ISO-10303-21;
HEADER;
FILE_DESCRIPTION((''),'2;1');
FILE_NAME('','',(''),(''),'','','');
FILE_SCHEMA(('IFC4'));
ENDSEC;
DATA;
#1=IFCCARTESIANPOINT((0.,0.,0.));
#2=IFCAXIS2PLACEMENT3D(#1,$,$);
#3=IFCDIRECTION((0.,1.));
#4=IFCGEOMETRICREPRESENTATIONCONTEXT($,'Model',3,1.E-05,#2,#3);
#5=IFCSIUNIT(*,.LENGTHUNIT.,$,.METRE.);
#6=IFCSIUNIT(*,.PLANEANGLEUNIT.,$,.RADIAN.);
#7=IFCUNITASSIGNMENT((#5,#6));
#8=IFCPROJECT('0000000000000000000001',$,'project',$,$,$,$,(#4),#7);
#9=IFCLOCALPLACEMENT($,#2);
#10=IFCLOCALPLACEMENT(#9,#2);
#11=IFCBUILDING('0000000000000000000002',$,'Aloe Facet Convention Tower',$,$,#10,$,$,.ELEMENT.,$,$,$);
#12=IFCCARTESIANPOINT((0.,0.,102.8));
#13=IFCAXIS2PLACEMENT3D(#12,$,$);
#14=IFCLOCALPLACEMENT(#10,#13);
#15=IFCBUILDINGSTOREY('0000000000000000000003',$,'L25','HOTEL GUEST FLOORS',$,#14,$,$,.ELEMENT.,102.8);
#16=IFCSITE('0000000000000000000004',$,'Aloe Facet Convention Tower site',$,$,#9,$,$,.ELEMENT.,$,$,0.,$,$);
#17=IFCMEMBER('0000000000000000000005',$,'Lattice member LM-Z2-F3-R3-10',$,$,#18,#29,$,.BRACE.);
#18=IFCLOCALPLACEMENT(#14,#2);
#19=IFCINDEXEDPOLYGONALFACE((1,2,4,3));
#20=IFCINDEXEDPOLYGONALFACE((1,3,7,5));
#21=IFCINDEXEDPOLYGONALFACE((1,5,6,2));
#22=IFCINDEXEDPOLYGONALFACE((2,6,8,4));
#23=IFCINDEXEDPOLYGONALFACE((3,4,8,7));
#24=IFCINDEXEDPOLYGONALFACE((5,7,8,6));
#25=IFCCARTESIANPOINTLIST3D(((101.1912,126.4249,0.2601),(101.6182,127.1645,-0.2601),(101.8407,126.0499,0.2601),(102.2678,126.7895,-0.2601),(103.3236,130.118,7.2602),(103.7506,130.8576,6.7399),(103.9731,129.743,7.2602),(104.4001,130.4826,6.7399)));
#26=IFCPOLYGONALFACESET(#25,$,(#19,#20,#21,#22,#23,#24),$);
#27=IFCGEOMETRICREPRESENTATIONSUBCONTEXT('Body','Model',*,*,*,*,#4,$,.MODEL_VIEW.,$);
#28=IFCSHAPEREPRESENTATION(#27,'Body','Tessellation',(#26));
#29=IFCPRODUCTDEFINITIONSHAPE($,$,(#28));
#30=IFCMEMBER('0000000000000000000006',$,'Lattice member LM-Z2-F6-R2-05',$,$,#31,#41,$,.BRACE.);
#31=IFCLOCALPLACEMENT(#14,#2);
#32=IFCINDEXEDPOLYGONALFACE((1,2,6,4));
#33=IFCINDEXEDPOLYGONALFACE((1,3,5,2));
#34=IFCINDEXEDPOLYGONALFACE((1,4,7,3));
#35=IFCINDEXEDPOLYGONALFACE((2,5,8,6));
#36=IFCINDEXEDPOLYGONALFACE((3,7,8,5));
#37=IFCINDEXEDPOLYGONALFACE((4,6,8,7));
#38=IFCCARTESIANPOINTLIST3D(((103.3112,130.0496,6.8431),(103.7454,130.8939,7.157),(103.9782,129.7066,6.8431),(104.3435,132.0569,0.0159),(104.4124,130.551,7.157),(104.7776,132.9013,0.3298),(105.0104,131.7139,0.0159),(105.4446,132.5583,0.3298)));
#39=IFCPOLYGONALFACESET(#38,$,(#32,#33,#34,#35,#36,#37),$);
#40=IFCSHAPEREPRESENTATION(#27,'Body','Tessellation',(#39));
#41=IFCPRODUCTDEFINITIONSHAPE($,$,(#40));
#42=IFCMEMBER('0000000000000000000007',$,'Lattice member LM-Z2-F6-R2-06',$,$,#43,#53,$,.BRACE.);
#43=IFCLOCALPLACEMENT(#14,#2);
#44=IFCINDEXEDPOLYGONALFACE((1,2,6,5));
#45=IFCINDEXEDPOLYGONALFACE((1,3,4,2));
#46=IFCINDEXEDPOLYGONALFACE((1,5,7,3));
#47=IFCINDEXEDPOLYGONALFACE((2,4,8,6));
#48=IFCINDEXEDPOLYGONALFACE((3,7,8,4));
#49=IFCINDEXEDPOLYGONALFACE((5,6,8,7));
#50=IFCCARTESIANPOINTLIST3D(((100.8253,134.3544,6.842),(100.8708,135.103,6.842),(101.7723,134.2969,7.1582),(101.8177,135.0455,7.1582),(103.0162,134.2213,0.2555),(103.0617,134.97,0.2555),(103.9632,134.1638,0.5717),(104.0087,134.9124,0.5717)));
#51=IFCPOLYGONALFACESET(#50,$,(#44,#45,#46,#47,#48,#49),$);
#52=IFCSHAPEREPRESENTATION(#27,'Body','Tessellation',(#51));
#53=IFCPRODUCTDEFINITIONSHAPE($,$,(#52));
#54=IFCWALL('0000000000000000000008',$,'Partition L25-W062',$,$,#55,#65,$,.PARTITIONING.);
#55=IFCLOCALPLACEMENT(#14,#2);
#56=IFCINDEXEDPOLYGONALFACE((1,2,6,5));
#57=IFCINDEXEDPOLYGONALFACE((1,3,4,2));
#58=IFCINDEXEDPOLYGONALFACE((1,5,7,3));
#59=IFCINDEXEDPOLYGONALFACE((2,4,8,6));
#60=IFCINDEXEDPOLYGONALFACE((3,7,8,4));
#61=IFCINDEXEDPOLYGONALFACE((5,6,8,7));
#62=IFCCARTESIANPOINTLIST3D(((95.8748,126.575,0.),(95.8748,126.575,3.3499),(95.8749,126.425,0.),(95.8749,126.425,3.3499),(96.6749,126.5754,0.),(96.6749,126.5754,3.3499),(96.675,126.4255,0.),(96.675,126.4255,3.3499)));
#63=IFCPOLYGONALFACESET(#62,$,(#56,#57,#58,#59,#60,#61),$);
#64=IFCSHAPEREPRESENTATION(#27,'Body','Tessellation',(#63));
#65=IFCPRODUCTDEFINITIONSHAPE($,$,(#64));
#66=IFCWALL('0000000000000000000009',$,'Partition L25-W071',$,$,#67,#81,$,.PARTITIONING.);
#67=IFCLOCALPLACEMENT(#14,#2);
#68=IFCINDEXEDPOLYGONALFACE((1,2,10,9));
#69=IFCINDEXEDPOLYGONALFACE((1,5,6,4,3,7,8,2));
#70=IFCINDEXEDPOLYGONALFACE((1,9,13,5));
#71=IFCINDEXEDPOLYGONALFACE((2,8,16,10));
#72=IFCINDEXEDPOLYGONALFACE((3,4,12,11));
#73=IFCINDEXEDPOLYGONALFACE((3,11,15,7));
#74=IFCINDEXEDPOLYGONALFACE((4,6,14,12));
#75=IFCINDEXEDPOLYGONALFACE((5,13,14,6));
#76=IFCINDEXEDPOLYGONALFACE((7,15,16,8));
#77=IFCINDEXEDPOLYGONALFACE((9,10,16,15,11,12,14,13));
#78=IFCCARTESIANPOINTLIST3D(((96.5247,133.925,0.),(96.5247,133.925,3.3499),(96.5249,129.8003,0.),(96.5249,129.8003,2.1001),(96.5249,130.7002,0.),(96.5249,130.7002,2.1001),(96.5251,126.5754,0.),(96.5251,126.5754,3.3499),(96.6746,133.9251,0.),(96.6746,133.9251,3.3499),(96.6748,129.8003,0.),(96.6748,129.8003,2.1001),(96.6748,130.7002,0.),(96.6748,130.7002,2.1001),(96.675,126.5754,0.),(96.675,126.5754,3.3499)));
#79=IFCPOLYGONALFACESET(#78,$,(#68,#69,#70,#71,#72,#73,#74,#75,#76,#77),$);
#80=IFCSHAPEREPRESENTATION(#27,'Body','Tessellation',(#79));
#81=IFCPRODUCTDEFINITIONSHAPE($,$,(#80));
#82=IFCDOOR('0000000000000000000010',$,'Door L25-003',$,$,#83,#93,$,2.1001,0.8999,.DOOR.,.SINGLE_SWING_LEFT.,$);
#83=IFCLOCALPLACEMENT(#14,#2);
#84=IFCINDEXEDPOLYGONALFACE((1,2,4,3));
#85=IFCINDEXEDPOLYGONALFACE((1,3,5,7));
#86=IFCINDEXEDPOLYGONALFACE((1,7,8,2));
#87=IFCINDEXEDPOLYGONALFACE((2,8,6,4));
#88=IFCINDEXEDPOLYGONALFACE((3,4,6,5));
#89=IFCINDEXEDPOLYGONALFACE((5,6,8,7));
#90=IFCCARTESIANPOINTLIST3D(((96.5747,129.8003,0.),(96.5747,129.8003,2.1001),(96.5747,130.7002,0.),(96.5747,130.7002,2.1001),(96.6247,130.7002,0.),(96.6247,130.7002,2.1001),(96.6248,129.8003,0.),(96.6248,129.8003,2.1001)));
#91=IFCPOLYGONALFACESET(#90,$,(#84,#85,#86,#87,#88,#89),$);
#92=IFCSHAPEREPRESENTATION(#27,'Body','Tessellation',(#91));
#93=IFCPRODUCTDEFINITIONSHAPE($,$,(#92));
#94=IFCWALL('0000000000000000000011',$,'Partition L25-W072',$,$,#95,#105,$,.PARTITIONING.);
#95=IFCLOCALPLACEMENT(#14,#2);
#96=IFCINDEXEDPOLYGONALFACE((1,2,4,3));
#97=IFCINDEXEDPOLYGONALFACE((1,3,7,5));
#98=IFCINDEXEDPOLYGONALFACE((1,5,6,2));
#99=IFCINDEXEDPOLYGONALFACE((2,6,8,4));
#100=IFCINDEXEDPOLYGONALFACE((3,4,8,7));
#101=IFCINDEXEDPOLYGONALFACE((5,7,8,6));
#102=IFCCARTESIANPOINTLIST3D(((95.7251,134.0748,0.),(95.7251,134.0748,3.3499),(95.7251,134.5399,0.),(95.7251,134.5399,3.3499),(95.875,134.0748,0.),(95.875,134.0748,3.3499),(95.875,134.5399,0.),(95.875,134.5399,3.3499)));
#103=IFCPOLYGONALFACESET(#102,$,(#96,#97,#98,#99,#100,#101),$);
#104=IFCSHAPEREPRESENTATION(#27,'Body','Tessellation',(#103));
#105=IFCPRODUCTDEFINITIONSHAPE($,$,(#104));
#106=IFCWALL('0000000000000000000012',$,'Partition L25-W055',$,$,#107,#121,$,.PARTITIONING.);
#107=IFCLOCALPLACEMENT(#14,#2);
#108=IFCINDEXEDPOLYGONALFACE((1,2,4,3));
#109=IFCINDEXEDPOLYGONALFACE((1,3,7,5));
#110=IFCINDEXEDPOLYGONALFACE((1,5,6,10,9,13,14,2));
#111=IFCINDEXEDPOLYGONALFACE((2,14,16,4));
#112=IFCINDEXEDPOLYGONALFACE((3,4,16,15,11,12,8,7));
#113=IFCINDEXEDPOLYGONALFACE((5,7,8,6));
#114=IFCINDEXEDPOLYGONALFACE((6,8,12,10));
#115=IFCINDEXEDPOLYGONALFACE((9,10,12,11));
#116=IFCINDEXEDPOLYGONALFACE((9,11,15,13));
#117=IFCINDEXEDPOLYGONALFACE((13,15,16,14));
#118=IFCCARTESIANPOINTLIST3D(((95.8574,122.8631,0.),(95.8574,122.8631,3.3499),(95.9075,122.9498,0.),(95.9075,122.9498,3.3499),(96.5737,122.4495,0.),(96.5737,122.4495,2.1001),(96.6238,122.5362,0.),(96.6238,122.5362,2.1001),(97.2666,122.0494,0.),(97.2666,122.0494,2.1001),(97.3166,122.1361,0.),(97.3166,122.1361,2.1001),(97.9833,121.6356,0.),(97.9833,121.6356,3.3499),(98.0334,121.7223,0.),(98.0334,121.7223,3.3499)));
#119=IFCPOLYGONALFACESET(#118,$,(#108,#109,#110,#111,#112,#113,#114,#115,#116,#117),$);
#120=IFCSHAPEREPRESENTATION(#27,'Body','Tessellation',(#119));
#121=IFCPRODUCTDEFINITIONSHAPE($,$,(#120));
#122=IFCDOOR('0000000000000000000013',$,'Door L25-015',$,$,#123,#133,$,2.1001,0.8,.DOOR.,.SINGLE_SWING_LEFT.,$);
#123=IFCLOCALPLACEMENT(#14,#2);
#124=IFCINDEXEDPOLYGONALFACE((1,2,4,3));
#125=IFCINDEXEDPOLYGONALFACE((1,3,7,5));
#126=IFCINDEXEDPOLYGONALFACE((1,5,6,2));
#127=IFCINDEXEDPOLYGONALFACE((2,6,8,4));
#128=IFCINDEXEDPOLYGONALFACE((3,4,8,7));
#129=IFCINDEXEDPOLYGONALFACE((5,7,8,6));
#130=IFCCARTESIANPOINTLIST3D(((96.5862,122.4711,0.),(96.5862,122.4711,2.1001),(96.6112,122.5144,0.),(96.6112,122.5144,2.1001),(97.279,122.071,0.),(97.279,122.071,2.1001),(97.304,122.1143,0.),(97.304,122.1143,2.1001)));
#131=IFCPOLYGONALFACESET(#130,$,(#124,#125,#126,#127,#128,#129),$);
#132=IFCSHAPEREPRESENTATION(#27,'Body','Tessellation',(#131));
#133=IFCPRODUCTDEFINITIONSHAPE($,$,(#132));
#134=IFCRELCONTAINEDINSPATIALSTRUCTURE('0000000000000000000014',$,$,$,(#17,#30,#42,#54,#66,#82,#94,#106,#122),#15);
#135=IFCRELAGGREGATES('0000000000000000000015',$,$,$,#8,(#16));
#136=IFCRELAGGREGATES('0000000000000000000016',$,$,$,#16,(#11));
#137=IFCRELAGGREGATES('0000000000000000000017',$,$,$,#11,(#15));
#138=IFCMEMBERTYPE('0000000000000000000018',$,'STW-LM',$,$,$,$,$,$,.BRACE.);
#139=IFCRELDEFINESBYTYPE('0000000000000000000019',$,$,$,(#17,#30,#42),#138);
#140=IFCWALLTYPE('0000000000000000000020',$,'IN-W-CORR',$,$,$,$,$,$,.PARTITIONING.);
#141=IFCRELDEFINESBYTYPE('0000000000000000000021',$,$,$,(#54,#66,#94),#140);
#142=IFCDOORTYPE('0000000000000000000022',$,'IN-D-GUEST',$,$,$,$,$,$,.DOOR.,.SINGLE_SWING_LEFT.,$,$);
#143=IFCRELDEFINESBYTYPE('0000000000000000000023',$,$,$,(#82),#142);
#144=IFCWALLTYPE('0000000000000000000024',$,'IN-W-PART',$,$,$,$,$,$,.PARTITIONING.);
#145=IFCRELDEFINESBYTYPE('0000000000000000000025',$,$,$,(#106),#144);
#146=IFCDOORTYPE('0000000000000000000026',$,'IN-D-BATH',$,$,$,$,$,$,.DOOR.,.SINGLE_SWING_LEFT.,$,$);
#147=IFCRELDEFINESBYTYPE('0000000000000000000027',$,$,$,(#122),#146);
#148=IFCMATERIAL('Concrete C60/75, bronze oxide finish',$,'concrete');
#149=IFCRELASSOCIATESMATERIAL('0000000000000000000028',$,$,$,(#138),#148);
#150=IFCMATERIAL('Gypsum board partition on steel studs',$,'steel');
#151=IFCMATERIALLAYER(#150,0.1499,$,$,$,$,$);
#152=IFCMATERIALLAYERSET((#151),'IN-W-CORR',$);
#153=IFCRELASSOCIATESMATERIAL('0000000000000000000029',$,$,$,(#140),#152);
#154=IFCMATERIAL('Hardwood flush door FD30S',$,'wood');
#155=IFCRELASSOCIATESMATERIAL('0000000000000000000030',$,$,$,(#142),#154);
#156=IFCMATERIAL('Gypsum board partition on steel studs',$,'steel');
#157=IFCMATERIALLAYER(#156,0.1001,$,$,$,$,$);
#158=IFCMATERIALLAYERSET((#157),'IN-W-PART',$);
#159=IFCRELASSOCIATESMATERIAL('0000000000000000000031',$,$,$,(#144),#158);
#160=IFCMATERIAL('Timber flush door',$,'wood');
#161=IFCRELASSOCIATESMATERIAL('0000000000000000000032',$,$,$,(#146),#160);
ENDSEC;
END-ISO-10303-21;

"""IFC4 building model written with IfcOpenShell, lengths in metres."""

from ifc_helpers import new_model, si_unit, direction, frame, frame_2d, origin, origin_2d, place, context, subcontext, project, spatial, rectangle, extrude, material, layer, layer_set, material_profile, profile_set, type_object, element, fill, save


model = new_model("IFC4")

# Units and contexts
model_context = context("Model", 3, precision=1e-05, world=origin(), true_north=direction((0.0, 1.0)))
body_context = subcontext(model_context, "Body", "Model", "MODEL_VIEW")
ifc_project = project(units=[si_unit("LENGTHUNIT", "METRE"), si_unit("PLANEANGLEUNIT", "RADIAN")], contexts=[model_context])

# Site, building, storey
site_placement = place(None, origin())
site = spatial("IfcSite", under=ifc_project, at=site_placement, Name="Aloe Facet Convention Tower site", CompositionType="ELEMENT", RefElevation=0.0)
building_placement = place(site_placement, origin())
building = spatial("IfcBuilding", under=site, at=building_placement, Name="Aloe Facet Convention Tower", CompositionType="ELEMENT")
storey_placement = place(building_placement, frame((0.0, 0.0, 102.8)))
storey = spatial("IfcBuildingStorey", under=building, at=storey_placement, Name="L25", Description="HOTEL GUEST FLOORS", CompositionType="ELEMENT", Elevation=102.8)

# Members
ifc_material_1 = material(Name="Concrete C60/75, bronze oxide finish", Category="concrete")
ifc_material_profile_1 = material_profile(ifc_material_1, rectangle(XDim=0.75, YDim=1.0, at=origin_2d()), Name="STW-LM")
ifc_profile_set_1 = profile_set([ifc_material_profile_1], Name="Concrete C60/75, bronze oxide finish")
member_type = type_object("IfcMemberType", Name="STW-LM", PredefinedType="BRACE", material=ifc_profile_set_1)
member_1_placement = place(storey_placement, frame((101.7295, 126.6072, 0.0), z_axis=(0.260144, 0.450561, 0.854002), x_axis=(-0.866015, 0.500018, 0.0)))
element("IfcMember", 1, at=member_1_placement, inside=storey, type_object=member_type, Name="Lattice member LM-Z2-F3-R3-10", PredefinedType="BRACE", context=body_context, shape_type="SweptSolid", body=[
    extrude(rectangle(XDim=0.75, YDim=1.0, at=origin_2d()), origin(), (0.0, 0.0, 1.0), 8.1968),
])
member_2_placement = place(storey_placement, frame((104.894, 132.3076, 0.1729), z_axis=(-0.143552, -0.279159, 0.949454), x_axis=(0.889308, -0.457309, 0.0)))
element("IfcMember", 2, at=member_2_placement, inside=storey, type_object=member_type, Name="Lattice member LM-Z2-F6-R2-05", PredefinedType="BRACE", context=body_context, shape_type="SweptSolid", body=[
    extrude(rectangle(XDim=0.75, YDim=1.0, at=origin_2d()), origin(), (0.0, 0.0, 1.0), 7.1907),
])
member_3_placement = place(storey_placement, frame((103.5125, 134.5669, 0.4136), z_axis=(-0.315579, 0.019165, 0.948706), x_axis=(-0.060619, -0.998161, 0.0)))
element("IfcMember", 3, at=member_3_placement, inside=storey, type_object=member_type, Name="Lattice member LM-Z2-F6-R2-06", PredefinedType="BRACE", context=body_context, shape_type="SweptSolid", body=[
    extrude(rectangle(XDim=0.75, YDim=1.0, at=origin_2d()), origin(), (0.0, 0.0, 1.0), 6.9426),
])

# Wall
ifc_material_2 = material(Name="Gypsum board partition on steel studs", Category="steel")
ifc_layer_1 = layer(ifc_material_2, 0.1499)
ifc_layer_set_1 = layer_set([ifc_layer_1], Name="IN-W-CORR")
wall_type_1 = type_object("IfcWallType", Name="IN-W-CORR", PredefinedType="PARTITIONING", material=ifc_layer_set_1)
wall_1_placement = place(storey_placement, frame((95.875, 126.5, 0.0), z_axis=(0.0, 0.0, 1.0), x_axis=(1.0, 0.00061, 0.0)))
element("IfcWall", 4, at=wall_1_placement, inside=storey, type_object=wall_type_1, Name="Partition L25-W062", PredefinedType="PARTITIONING", context=body_context, shape_type="SweptSolid", body=[
    extrude(rectangle(XDim=0.8, YDim=0.1499, at=frame_2d((0.3999, 0.0))), origin(), (0.0, 0.0, 1.0), 3.3499),
])

# Wall, opening, door
wall_2_placement = place(storey_placement, frame((96.5996, 133.925, 0.0), z_axis=(0.0, 0.0, 1.0), x_axis=(0.000066, -1.0, 0.0)))
wall_2 = element("IfcWall", 5, at=wall_2_placement, inside=storey, type_object=wall_type_1, Name="Partition L25-W071", PredefinedType="PARTITIONING", context=body_context, shape_type="SweptSolid", body=[
    extrude(rectangle(XDim=7.3496, YDim=0.1499, at=frame_2d((3.6748, 0.0))), origin(), (0.0, 0.0, 1.0), 3.3499),
])
opening_1_placement = place(wall_2_placement, frame((3.2249, 0.0, 0.0)))
opening_1 = element("IfcOpeningElement", 6, at=opening_1_placement, cuts=wall_2, PredefinedType="OPENING", context=body_context, shape_type="SweptSolid", body=[
    extrude(rectangle(XDim=0.8999, YDim=2.1001, at=frame_2d((0.45, 1.05))), frame((0.0, 0.085, 0.0), z_axis=(0.0, -1.0, 0.0), x_axis=(1.0, 0.0, 0.0)), (0.0, 0.0, 1.0), 0.1699),
])
ifc_material_3 = material(Name="Hardwood flush door FD30S", Category="wood")
door_type_1 = type_object("IfcDoorType", Name="IN-D-GUEST", OperationType="SINGLE_SWING_LEFT", PredefinedType="DOOR", material=ifc_material_3)
door_1_placement = place(opening_1_placement, origin())
door_1 = element("IfcDoor", 7, at=door_1_placement, inside=storey, type_object=door_type_1, Name="Door L25-003", OperationType="SINGLE_SWING_LEFT", OverallHeight=2.1001, OverallWidth=0.8999, PredefinedType="DOOR", context=body_context, shape_type="SweptSolid", body=[
    extrude(rectangle(XDim=0.8999, YDim=2.1001, at=frame_2d((0.45, 1.05))), frame((0.0, 0.0249, 0.0), z_axis=(0.0, -1.0, 0.0), x_axis=(1.0, 0.0, 0.0)), (0.0, 0.0, 1.0), 0.05),
])
fill(opening_1, door_1)

# Wall
wall_3_placement = place(storey_placement, frame((95.8, 134.075, 0.0), z_axis=(0.0, 0.0, 1.0), x_axis=(0.0, 1.0, 0.0)))
element("IfcWall", 8, at=wall_3_placement, inside=storey, type_object=wall_type_1, Name="Partition L25-W072", PredefinedType="PARTITIONING", context=body_context, shape_type="SweptSolid", body=[
    extrude(rectangle(XDim=0.4651, YDim=0.1499, at=frame_2d((0.2324, 0.0))), origin(), (0.0, 0.0, 1.0), 3.3499),
])

# Wall, opening, door
ifc_material_4 = material(Name="Gypsum board partition on steel studs", Category="steel")
ifc_layer_2 = layer(ifc_material_4, 0.1001)
ifc_layer_set_2 = layer_set([ifc_layer_2], Name="IN-W-PART")
wall_type_2 = type_object("IfcWallType", Name="IN-W-PART", PredefinedType="PARTITIONING", material=ifc_layer_set_2)
wall_4_placement = place(storey_placement, frame((95.8823, 122.9065, 0.0), z_axis=(0.0, 0.0, 1.0), x_axis=(0.866007, -0.500032, 0.0)))
wall_4 = element("IfcWall", 9, at=wall_4_placement, inside=storey, type_object=wall_type_2, Name="Partition L25-W055", PredefinedType="PARTITIONING", context=body_context, shape_type="SweptSolid", body=[
    extrude(rectangle(XDim=2.4548, YDim=0.1001, at=frame_2d((1.2275, 0.0))), origin(), (0.0, 0.0, 1.0), 3.3499),
])
opening_2_placement = place(wall_4_placement, frame((0.8274, 0.0, 0.0)))
opening_2 = element("IfcOpeningElement", 10, at=opening_2_placement, cuts=wall_4, PredefinedType="OPENING", context=body_context, shape_type="SweptSolid", body=[
    extrude(rectangle(XDim=0.8, YDim=2.1001, at=frame_2d((0.3999, 1.05))), frame((0.0, 0.0601, 0.0), z_axis=(0.0, -1.0, 0.0), x_axis=(1.0, 0.0, 0.0)), (0.0, 0.0, 1.0), 0.1201),
])
ifc_material_5 = material(Name="Timber flush door", Category="wood")
door_type_2 = type_object("IfcDoorType", Name="IN-D-BATH", OperationType="SINGLE_SWING_LEFT", PredefinedType="DOOR", material=ifc_material_5)
door_2_placement = place(opening_2_placement, origin())
door_2 = element("IfcDoor", 11, at=door_2_placement, inside=storey, type_object=door_type_2, Name="Door L25-015", OperationType="SINGLE_SWING_LEFT", OverallHeight=2.1001, OverallWidth=0.8, PredefinedType="DOOR", context=body_context, shape_type="SweptSolid", body=[
    extrude(rectangle(XDim=0.8, YDim=2.1001, at=frame_2d((0.3999, 1.05))), frame((0.0, 0.0249, 0.0), z_axis=(0.0, -1.0, 0.0), x_axis=(1.0, 0.0, 0.0)), (0.0, 0.0, 1.0), 0.05),
])
fill(opening_2, door_2)

save(model, "model.ifc")
